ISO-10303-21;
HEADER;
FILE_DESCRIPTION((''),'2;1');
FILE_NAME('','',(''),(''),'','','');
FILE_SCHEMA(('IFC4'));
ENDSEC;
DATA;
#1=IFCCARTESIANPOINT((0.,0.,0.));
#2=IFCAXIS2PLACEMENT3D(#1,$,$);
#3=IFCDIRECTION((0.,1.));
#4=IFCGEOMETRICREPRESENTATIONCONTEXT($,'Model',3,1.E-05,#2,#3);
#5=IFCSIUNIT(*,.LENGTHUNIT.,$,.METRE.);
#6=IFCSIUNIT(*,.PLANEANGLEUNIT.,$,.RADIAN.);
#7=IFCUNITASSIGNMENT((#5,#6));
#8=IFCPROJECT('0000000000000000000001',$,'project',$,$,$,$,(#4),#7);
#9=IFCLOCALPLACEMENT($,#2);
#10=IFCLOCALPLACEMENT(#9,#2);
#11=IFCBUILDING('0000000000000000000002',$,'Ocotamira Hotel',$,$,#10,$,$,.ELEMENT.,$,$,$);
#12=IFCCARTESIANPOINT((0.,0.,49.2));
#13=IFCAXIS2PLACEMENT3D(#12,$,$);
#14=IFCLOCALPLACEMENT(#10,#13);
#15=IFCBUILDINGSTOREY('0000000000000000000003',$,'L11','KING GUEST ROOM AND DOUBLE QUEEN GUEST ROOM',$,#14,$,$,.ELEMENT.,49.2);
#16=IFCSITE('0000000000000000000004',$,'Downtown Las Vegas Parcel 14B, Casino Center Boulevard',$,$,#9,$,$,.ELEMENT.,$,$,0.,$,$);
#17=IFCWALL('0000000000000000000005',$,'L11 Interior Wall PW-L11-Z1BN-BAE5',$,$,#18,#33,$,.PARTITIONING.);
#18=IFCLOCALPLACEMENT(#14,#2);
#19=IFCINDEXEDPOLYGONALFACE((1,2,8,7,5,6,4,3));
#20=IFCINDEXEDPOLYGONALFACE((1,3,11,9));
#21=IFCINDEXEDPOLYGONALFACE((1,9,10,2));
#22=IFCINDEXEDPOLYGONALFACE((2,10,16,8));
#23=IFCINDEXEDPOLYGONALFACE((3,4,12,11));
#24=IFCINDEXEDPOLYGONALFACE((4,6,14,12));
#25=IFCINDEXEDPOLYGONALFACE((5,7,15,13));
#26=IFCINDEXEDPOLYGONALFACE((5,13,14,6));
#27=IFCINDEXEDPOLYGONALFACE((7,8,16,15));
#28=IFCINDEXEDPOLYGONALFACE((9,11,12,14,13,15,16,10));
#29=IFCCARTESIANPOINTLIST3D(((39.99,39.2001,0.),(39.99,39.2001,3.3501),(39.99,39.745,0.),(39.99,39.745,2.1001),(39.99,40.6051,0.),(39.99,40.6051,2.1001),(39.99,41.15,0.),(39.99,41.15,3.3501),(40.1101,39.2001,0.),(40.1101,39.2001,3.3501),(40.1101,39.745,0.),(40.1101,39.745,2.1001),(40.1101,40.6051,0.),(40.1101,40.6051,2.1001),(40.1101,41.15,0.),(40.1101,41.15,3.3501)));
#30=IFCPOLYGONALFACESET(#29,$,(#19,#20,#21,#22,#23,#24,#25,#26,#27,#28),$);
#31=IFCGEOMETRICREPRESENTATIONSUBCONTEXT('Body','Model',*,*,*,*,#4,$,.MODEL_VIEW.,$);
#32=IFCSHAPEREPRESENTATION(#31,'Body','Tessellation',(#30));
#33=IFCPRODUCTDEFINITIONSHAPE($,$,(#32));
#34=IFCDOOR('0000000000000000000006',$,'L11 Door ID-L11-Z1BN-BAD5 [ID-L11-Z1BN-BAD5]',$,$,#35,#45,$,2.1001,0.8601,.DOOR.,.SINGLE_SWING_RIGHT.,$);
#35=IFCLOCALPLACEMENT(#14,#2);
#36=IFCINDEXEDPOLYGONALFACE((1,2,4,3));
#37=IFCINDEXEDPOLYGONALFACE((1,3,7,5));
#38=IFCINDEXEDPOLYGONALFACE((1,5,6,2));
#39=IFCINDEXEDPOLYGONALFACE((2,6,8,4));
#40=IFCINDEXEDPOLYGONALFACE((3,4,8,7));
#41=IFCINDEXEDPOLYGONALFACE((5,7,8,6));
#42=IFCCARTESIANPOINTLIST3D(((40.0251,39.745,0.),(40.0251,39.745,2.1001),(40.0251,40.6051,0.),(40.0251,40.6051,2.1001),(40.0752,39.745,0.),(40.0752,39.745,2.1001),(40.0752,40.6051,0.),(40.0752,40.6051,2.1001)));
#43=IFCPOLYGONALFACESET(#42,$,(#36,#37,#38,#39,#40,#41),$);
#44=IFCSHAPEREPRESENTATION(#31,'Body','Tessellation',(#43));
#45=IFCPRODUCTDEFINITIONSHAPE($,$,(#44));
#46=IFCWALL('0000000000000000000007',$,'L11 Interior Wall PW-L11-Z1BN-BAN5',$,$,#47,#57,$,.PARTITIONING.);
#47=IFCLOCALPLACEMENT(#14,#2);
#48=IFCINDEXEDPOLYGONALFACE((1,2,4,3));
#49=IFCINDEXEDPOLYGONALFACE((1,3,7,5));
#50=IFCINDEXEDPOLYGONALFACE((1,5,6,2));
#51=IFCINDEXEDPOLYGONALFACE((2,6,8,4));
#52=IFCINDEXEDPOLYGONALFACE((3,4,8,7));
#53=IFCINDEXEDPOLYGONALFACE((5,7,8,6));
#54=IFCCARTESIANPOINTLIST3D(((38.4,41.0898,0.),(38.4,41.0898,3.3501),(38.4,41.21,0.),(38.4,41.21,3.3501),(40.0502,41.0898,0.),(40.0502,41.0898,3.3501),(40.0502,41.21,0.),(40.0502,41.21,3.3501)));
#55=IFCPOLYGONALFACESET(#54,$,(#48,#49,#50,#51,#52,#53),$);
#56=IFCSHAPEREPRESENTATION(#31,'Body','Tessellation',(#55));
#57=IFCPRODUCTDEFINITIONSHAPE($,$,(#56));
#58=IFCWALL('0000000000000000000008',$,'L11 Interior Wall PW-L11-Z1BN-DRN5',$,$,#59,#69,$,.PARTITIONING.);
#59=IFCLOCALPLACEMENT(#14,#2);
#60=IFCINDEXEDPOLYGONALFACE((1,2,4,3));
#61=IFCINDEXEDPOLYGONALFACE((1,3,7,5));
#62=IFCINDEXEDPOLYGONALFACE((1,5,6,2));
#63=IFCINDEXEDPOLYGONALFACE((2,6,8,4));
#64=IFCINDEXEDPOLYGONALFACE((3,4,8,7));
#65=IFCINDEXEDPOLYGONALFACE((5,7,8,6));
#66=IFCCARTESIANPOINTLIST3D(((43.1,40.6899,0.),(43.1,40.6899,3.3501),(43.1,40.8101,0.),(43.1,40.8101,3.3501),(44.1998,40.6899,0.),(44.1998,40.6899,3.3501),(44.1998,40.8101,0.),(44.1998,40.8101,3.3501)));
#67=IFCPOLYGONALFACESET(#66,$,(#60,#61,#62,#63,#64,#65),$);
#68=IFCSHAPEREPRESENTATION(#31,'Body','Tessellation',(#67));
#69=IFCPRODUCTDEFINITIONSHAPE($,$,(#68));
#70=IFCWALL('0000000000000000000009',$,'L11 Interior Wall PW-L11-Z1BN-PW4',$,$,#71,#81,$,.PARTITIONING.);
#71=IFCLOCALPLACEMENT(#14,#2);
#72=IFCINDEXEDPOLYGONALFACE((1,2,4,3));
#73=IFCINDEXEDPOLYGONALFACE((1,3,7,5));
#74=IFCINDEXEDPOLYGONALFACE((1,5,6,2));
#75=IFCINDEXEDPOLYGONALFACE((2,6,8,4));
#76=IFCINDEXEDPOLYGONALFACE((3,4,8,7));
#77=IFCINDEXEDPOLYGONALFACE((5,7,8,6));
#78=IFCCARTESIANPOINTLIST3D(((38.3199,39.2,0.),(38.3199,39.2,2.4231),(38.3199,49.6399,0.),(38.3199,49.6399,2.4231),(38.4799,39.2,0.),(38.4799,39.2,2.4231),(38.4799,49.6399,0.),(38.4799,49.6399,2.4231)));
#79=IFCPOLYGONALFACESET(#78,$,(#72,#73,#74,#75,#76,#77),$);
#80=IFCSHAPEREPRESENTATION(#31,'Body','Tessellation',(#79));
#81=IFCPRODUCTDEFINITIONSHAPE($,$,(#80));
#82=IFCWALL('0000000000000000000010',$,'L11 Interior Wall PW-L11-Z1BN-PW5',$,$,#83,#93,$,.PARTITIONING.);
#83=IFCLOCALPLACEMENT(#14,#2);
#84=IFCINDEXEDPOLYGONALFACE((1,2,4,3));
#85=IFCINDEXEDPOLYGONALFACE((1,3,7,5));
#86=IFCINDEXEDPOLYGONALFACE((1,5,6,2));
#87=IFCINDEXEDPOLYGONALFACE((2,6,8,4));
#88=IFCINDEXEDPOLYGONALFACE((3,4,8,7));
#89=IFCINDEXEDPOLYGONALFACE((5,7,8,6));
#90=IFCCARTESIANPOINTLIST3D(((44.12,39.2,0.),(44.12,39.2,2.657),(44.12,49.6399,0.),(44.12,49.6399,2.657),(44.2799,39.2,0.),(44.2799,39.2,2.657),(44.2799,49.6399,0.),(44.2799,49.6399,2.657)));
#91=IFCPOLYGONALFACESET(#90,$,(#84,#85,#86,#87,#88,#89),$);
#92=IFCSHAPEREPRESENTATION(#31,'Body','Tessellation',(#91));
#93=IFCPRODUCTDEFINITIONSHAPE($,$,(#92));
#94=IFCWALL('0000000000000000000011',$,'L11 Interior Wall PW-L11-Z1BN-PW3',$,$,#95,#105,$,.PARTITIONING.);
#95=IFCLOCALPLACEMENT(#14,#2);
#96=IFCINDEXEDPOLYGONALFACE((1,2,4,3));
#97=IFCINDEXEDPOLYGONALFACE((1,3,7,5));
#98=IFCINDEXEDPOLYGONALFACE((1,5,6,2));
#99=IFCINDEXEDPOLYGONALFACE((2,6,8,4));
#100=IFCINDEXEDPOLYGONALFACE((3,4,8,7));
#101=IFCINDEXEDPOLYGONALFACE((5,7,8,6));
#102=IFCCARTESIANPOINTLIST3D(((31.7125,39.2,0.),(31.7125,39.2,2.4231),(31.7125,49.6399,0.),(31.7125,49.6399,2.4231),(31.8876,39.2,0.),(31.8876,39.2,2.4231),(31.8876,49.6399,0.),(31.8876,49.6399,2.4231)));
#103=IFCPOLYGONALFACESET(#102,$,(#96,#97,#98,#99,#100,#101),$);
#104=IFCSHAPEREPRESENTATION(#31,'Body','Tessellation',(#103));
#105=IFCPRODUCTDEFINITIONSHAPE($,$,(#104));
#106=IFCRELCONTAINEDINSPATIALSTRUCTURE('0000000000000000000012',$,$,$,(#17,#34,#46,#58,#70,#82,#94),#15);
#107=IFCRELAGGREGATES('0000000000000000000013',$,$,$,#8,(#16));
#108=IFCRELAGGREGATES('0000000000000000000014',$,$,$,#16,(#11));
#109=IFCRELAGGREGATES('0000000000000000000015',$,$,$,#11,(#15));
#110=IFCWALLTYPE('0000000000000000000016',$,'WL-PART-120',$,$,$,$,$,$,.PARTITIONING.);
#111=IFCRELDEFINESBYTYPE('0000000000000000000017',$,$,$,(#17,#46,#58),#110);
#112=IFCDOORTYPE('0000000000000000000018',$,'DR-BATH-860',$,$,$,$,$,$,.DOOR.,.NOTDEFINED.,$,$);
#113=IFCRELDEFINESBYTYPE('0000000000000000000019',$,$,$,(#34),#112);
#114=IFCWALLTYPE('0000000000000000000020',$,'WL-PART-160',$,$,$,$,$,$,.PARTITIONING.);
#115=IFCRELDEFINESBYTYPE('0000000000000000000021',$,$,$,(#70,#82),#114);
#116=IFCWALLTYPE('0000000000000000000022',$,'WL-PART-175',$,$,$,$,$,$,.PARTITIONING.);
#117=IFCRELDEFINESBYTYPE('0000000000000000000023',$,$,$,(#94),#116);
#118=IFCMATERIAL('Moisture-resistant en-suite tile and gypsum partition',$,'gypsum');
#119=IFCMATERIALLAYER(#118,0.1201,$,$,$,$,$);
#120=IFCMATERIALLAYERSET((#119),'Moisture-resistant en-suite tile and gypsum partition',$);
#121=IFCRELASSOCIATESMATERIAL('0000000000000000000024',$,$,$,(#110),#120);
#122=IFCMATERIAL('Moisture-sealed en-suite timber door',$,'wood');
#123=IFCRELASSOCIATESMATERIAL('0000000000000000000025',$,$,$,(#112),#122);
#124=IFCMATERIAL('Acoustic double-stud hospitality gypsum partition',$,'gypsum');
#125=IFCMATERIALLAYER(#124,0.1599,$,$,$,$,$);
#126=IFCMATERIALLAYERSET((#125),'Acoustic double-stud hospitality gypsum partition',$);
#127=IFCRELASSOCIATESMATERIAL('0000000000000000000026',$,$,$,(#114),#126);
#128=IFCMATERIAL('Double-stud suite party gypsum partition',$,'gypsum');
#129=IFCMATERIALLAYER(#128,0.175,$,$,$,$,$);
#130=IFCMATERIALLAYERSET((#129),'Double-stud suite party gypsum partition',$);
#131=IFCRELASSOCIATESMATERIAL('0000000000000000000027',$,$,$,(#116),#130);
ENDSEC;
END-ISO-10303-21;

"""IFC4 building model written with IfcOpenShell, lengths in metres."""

from ifc_helpers import new_model, si_unit, direction, frame, frame_2d, origin, place, context, subcontext, project, spatial, rectangle, extrude, source, transform, mapped, material, layer, layer_set, type_object, element, fill, save


model = new_model("IFC4")

# Units and contexts
model_context = context("Model", 3, precision=1e-05, world=origin(), true_north=direction((0.0, 1.0)))
body_context = subcontext(model_context, "Body", "Model", "MODEL_VIEW")
ifc_project = project(units=[si_unit("LENGTHUNIT", "METRE"), si_unit("PLANEANGLEUNIT", "RADIAN")], contexts=[model_context])

# Site, building, storey
site_placement = place(None, origin())
site = spatial("IfcSite", under=ifc_project, at=site_placement, Name="Downtown Las Vegas Parcel 14B, Casino Center Boulevard", CompositionType="ELEMENT", RefElevation=0.0)
building_placement = place(site_placement, origin())
building = spatial("IfcBuilding", under=site, at=building_placement, Name="Ocotamira Hotel", CompositionType="ELEMENT")
storey_placement = place(building_placement, frame((0.0, 0.0, 49.2)))
storey = spatial("IfcBuildingStorey", under=building, at=storey_placement, Name="L11", Description="KING GUEST ROOM AND DOUBLE QUEEN GUEST ROOM", CompositionType="ELEMENT", Elevation=49.2)

# Shared definitions
ifc_material_1 = material(Name="Moisture-resistant en-suite tile and gypsum partition", Category="gypsum")
ifc_layer_1 = layer(ifc_material_1, 0.1201)
ifc_layer_set_1 = layer_set([ifc_layer_1], Name="Moisture-resistant en-suite tile and gypsum partition")
wall_type_1 = type_object("IfcWallType", Name="WL-PART-120", PredefinedType="PARTITIONING", material=ifc_layer_set_1)

# Wall, opening, door
wall_1_placement = place(storey_placement, frame((40.05, 39.2, 0.0), z_axis=(0.0, 0.0, 1.0), x_axis=(0.0, 1.0, 0.0)))
wall_1 = element("IfcWall", 1, at=wall_1_placement, inside=storey, type_object=wall_type_1, Name="L11 Interior Wall PW-L11-Z1BN-BAE5", PredefinedType="PARTITIONING", context=body_context, shape_type="SweptSolid", body=[
    extrude(rectangle(XDim=1.95, YDim=0.1201, at=frame_2d((0.9751, 0.0))), origin(), (0.0, 0.0, 1.0), 3.3501),
])
opening_placement = place(wall_1_placement, frame((0.5449, 0.0, 0.0)))
opening = element("IfcOpeningElement", 2, at=opening_placement, cuts=wall_1, PredefinedType="OPENING", context=body_context, shape_type="SweptSolid", body=[
    extrude(rectangle(XDim=0.8601, YDim=2.1001, at=frame_2d((0.4302, 1.05))), frame((0.0, 0.0701, 0.0), z_axis=(0.0, -1.0, 0.0), x_axis=(1.0, 0.0, 0.0)), (0.0, 0.0, 1.0), 0.1401),
])
ifc_material_2 = material(Name="Moisture-sealed en-suite timber door", Category="wood")
door_type = type_object("IfcDoorType", Name="DR-BATH-860", OperationType="NOTDEFINED", PredefinedType="DOOR", material=ifc_material_2)
shared_shape_1 = source(origin(), body_context, "Body", "SweptSolid", [
    extrude(rectangle(XDim=0.8601, YDim=2.1001, at=frame_2d((0.4302, 1.05))), frame((0.0, 0.0249, 0.0), z_axis=(0.0, -1.0, 0.0), x_axis=(1.0, 0.0, 0.0)), (0.0, 0.0, 1.0), 0.05),
])
door_placement = place(opening_placement, origin())
door = element("IfcDoor", 3, at=door_placement, inside=storey, type_object=door_type, Name="L11 Door ID-L11-Z1BN-BAD5 [ID-L11-Z1BN-BAD5]", OperationType="SINGLE_SWING_RIGHT", OverallHeight=2.1001, OverallWidth=0.8601, PredefinedType="DOOR", context=body_context, shape_type="MappedRepresentation", body=[
    mapped(shared_shape_1, transform((0.0, 0.0, 0.0), scale=1.0)),
])
fill(opening, door)

# Walls
wall_2_placement = place(storey_placement, frame((38.3999, 41.1499, 0.0), z_axis=(0.0, 0.0, 1.0), x_axis=(1.0, 0.0, 0.0)))
element("IfcWall", 4, at=wall_2_placement, inside=storey, type_object=wall_type_1, Name="L11 Interior Wall PW-L11-Z1BN-BAN5", PredefinedType="PARTITIONING", context=body_context, shape_type="SweptSolid", body=[
    extrude(rectangle(XDim=1.6501, YDim=0.1201, at=frame_2d((0.8252, 0.0))), origin(), (0.0, 0.0, 1.0), 3.3501),
])
wall_3_placement = place(storey_placement, frame((43.1001, 40.75, 0.0), z_axis=(0.0, 0.0, 1.0), x_axis=(1.0, 0.0, 0.0)))
element("IfcWall", 5, at=wall_3_placement, inside=storey, type_object=wall_type_1, Name="L11 Interior Wall PW-L11-Z1BN-DRN5", PredefinedType="PARTITIONING", context=body_context, shape_type="SweptSolid", body=[
    extrude(rectangle(XDim=1.0999, YDim=0.1201, at=frame_2d((0.5498, 0.0))), origin(), (0.0, 0.0, 1.0), 3.3501),
])
ifc_material_3 = material(Name="Acoustic double-stud hospitality gypsum partition", Category="gypsum")
ifc_layer_2 = layer(ifc_material_3, 0.1599)
ifc_layer_set_2 = layer_set([ifc_layer_2], Name="Acoustic double-stud hospitality gypsum partition")
wall_type_2 = type_object("IfcWallType", Name="WL-PART-160", PredefinedType="PARTITIONING", material=ifc_layer_set_2)
wall_4_placement = place(storey_placement, frame((38.3999, 39.2, 0.0), z_axis=(0.0, 0.0, 1.0), x_axis=(0.0, 1.0, 0.0)))
element("IfcWall", 6, at=wall_4_placement, inside=storey, type_object=wall_type_2, Name="L11 Interior Wall PW-L11-Z1BN-PW4", PredefinedType="PARTITIONING", context=body_context, shape_type="SweptSolid", body=[
    extrude(rectangle(XDim=10.4399, YDim=0.1599, at=frame_2d((5.22, 0.0))), origin(), (0.0, 0.0, 1.0), 2.4231),
])
wall_5_placement = place(storey_placement, frame((44.2, 39.2, 0.0), z_axis=(0.0, 0.0, 1.0), x_axis=(0.0, 1.0, 0.0)))
element("IfcWall", 7, at=wall_5_placement, inside=storey, type_object=wall_type_2, Name="L11 Interior Wall PW-L11-Z1BN-PW5", PredefinedType="PARTITIONING", context=body_context, shape_type="SweptSolid", body=[
    extrude(rectangle(XDim=10.4399, YDim=0.1599, at=frame_2d((5.22, 0.0))), origin(), (0.0, 0.0, 1.0), 2.657),
])
ifc_material_4 = material(Name="Double-stud suite party gypsum partition", Category="gypsum")
ifc_layer_3 = layer(ifc_material_4, 0.175)
ifc_layer_set_3 = layer_set([ifc_layer_3], Name="Double-stud suite party gypsum partition")
wall_type_3 = type_object("IfcWallType", Name="WL-PART-175", PredefinedType="PARTITIONING", material=ifc_layer_set_3)
wall_6_placement = place(storey_placement, frame((31.8, 39.2, 0.0), z_axis=(0.0, 0.0, 1.0), x_axis=(0.0, 1.0, 0.0)))
element("IfcWall", 8, at=wall_6_placement, inside=storey, type_object=wall_type_3, Name="L11 Interior Wall PW-L11-Z1BN-PW3", PredefinedType="PARTITIONING", context=body_context, shape_type="SweptSolid", body=[
    extrude(rectangle(XDim=10.4399, YDim=0.175, at=frame_2d((5.22, 0.0))), origin(), (0.0, 0.0, 1.0), 2.4231),
])

save(model, "model.ifc")
